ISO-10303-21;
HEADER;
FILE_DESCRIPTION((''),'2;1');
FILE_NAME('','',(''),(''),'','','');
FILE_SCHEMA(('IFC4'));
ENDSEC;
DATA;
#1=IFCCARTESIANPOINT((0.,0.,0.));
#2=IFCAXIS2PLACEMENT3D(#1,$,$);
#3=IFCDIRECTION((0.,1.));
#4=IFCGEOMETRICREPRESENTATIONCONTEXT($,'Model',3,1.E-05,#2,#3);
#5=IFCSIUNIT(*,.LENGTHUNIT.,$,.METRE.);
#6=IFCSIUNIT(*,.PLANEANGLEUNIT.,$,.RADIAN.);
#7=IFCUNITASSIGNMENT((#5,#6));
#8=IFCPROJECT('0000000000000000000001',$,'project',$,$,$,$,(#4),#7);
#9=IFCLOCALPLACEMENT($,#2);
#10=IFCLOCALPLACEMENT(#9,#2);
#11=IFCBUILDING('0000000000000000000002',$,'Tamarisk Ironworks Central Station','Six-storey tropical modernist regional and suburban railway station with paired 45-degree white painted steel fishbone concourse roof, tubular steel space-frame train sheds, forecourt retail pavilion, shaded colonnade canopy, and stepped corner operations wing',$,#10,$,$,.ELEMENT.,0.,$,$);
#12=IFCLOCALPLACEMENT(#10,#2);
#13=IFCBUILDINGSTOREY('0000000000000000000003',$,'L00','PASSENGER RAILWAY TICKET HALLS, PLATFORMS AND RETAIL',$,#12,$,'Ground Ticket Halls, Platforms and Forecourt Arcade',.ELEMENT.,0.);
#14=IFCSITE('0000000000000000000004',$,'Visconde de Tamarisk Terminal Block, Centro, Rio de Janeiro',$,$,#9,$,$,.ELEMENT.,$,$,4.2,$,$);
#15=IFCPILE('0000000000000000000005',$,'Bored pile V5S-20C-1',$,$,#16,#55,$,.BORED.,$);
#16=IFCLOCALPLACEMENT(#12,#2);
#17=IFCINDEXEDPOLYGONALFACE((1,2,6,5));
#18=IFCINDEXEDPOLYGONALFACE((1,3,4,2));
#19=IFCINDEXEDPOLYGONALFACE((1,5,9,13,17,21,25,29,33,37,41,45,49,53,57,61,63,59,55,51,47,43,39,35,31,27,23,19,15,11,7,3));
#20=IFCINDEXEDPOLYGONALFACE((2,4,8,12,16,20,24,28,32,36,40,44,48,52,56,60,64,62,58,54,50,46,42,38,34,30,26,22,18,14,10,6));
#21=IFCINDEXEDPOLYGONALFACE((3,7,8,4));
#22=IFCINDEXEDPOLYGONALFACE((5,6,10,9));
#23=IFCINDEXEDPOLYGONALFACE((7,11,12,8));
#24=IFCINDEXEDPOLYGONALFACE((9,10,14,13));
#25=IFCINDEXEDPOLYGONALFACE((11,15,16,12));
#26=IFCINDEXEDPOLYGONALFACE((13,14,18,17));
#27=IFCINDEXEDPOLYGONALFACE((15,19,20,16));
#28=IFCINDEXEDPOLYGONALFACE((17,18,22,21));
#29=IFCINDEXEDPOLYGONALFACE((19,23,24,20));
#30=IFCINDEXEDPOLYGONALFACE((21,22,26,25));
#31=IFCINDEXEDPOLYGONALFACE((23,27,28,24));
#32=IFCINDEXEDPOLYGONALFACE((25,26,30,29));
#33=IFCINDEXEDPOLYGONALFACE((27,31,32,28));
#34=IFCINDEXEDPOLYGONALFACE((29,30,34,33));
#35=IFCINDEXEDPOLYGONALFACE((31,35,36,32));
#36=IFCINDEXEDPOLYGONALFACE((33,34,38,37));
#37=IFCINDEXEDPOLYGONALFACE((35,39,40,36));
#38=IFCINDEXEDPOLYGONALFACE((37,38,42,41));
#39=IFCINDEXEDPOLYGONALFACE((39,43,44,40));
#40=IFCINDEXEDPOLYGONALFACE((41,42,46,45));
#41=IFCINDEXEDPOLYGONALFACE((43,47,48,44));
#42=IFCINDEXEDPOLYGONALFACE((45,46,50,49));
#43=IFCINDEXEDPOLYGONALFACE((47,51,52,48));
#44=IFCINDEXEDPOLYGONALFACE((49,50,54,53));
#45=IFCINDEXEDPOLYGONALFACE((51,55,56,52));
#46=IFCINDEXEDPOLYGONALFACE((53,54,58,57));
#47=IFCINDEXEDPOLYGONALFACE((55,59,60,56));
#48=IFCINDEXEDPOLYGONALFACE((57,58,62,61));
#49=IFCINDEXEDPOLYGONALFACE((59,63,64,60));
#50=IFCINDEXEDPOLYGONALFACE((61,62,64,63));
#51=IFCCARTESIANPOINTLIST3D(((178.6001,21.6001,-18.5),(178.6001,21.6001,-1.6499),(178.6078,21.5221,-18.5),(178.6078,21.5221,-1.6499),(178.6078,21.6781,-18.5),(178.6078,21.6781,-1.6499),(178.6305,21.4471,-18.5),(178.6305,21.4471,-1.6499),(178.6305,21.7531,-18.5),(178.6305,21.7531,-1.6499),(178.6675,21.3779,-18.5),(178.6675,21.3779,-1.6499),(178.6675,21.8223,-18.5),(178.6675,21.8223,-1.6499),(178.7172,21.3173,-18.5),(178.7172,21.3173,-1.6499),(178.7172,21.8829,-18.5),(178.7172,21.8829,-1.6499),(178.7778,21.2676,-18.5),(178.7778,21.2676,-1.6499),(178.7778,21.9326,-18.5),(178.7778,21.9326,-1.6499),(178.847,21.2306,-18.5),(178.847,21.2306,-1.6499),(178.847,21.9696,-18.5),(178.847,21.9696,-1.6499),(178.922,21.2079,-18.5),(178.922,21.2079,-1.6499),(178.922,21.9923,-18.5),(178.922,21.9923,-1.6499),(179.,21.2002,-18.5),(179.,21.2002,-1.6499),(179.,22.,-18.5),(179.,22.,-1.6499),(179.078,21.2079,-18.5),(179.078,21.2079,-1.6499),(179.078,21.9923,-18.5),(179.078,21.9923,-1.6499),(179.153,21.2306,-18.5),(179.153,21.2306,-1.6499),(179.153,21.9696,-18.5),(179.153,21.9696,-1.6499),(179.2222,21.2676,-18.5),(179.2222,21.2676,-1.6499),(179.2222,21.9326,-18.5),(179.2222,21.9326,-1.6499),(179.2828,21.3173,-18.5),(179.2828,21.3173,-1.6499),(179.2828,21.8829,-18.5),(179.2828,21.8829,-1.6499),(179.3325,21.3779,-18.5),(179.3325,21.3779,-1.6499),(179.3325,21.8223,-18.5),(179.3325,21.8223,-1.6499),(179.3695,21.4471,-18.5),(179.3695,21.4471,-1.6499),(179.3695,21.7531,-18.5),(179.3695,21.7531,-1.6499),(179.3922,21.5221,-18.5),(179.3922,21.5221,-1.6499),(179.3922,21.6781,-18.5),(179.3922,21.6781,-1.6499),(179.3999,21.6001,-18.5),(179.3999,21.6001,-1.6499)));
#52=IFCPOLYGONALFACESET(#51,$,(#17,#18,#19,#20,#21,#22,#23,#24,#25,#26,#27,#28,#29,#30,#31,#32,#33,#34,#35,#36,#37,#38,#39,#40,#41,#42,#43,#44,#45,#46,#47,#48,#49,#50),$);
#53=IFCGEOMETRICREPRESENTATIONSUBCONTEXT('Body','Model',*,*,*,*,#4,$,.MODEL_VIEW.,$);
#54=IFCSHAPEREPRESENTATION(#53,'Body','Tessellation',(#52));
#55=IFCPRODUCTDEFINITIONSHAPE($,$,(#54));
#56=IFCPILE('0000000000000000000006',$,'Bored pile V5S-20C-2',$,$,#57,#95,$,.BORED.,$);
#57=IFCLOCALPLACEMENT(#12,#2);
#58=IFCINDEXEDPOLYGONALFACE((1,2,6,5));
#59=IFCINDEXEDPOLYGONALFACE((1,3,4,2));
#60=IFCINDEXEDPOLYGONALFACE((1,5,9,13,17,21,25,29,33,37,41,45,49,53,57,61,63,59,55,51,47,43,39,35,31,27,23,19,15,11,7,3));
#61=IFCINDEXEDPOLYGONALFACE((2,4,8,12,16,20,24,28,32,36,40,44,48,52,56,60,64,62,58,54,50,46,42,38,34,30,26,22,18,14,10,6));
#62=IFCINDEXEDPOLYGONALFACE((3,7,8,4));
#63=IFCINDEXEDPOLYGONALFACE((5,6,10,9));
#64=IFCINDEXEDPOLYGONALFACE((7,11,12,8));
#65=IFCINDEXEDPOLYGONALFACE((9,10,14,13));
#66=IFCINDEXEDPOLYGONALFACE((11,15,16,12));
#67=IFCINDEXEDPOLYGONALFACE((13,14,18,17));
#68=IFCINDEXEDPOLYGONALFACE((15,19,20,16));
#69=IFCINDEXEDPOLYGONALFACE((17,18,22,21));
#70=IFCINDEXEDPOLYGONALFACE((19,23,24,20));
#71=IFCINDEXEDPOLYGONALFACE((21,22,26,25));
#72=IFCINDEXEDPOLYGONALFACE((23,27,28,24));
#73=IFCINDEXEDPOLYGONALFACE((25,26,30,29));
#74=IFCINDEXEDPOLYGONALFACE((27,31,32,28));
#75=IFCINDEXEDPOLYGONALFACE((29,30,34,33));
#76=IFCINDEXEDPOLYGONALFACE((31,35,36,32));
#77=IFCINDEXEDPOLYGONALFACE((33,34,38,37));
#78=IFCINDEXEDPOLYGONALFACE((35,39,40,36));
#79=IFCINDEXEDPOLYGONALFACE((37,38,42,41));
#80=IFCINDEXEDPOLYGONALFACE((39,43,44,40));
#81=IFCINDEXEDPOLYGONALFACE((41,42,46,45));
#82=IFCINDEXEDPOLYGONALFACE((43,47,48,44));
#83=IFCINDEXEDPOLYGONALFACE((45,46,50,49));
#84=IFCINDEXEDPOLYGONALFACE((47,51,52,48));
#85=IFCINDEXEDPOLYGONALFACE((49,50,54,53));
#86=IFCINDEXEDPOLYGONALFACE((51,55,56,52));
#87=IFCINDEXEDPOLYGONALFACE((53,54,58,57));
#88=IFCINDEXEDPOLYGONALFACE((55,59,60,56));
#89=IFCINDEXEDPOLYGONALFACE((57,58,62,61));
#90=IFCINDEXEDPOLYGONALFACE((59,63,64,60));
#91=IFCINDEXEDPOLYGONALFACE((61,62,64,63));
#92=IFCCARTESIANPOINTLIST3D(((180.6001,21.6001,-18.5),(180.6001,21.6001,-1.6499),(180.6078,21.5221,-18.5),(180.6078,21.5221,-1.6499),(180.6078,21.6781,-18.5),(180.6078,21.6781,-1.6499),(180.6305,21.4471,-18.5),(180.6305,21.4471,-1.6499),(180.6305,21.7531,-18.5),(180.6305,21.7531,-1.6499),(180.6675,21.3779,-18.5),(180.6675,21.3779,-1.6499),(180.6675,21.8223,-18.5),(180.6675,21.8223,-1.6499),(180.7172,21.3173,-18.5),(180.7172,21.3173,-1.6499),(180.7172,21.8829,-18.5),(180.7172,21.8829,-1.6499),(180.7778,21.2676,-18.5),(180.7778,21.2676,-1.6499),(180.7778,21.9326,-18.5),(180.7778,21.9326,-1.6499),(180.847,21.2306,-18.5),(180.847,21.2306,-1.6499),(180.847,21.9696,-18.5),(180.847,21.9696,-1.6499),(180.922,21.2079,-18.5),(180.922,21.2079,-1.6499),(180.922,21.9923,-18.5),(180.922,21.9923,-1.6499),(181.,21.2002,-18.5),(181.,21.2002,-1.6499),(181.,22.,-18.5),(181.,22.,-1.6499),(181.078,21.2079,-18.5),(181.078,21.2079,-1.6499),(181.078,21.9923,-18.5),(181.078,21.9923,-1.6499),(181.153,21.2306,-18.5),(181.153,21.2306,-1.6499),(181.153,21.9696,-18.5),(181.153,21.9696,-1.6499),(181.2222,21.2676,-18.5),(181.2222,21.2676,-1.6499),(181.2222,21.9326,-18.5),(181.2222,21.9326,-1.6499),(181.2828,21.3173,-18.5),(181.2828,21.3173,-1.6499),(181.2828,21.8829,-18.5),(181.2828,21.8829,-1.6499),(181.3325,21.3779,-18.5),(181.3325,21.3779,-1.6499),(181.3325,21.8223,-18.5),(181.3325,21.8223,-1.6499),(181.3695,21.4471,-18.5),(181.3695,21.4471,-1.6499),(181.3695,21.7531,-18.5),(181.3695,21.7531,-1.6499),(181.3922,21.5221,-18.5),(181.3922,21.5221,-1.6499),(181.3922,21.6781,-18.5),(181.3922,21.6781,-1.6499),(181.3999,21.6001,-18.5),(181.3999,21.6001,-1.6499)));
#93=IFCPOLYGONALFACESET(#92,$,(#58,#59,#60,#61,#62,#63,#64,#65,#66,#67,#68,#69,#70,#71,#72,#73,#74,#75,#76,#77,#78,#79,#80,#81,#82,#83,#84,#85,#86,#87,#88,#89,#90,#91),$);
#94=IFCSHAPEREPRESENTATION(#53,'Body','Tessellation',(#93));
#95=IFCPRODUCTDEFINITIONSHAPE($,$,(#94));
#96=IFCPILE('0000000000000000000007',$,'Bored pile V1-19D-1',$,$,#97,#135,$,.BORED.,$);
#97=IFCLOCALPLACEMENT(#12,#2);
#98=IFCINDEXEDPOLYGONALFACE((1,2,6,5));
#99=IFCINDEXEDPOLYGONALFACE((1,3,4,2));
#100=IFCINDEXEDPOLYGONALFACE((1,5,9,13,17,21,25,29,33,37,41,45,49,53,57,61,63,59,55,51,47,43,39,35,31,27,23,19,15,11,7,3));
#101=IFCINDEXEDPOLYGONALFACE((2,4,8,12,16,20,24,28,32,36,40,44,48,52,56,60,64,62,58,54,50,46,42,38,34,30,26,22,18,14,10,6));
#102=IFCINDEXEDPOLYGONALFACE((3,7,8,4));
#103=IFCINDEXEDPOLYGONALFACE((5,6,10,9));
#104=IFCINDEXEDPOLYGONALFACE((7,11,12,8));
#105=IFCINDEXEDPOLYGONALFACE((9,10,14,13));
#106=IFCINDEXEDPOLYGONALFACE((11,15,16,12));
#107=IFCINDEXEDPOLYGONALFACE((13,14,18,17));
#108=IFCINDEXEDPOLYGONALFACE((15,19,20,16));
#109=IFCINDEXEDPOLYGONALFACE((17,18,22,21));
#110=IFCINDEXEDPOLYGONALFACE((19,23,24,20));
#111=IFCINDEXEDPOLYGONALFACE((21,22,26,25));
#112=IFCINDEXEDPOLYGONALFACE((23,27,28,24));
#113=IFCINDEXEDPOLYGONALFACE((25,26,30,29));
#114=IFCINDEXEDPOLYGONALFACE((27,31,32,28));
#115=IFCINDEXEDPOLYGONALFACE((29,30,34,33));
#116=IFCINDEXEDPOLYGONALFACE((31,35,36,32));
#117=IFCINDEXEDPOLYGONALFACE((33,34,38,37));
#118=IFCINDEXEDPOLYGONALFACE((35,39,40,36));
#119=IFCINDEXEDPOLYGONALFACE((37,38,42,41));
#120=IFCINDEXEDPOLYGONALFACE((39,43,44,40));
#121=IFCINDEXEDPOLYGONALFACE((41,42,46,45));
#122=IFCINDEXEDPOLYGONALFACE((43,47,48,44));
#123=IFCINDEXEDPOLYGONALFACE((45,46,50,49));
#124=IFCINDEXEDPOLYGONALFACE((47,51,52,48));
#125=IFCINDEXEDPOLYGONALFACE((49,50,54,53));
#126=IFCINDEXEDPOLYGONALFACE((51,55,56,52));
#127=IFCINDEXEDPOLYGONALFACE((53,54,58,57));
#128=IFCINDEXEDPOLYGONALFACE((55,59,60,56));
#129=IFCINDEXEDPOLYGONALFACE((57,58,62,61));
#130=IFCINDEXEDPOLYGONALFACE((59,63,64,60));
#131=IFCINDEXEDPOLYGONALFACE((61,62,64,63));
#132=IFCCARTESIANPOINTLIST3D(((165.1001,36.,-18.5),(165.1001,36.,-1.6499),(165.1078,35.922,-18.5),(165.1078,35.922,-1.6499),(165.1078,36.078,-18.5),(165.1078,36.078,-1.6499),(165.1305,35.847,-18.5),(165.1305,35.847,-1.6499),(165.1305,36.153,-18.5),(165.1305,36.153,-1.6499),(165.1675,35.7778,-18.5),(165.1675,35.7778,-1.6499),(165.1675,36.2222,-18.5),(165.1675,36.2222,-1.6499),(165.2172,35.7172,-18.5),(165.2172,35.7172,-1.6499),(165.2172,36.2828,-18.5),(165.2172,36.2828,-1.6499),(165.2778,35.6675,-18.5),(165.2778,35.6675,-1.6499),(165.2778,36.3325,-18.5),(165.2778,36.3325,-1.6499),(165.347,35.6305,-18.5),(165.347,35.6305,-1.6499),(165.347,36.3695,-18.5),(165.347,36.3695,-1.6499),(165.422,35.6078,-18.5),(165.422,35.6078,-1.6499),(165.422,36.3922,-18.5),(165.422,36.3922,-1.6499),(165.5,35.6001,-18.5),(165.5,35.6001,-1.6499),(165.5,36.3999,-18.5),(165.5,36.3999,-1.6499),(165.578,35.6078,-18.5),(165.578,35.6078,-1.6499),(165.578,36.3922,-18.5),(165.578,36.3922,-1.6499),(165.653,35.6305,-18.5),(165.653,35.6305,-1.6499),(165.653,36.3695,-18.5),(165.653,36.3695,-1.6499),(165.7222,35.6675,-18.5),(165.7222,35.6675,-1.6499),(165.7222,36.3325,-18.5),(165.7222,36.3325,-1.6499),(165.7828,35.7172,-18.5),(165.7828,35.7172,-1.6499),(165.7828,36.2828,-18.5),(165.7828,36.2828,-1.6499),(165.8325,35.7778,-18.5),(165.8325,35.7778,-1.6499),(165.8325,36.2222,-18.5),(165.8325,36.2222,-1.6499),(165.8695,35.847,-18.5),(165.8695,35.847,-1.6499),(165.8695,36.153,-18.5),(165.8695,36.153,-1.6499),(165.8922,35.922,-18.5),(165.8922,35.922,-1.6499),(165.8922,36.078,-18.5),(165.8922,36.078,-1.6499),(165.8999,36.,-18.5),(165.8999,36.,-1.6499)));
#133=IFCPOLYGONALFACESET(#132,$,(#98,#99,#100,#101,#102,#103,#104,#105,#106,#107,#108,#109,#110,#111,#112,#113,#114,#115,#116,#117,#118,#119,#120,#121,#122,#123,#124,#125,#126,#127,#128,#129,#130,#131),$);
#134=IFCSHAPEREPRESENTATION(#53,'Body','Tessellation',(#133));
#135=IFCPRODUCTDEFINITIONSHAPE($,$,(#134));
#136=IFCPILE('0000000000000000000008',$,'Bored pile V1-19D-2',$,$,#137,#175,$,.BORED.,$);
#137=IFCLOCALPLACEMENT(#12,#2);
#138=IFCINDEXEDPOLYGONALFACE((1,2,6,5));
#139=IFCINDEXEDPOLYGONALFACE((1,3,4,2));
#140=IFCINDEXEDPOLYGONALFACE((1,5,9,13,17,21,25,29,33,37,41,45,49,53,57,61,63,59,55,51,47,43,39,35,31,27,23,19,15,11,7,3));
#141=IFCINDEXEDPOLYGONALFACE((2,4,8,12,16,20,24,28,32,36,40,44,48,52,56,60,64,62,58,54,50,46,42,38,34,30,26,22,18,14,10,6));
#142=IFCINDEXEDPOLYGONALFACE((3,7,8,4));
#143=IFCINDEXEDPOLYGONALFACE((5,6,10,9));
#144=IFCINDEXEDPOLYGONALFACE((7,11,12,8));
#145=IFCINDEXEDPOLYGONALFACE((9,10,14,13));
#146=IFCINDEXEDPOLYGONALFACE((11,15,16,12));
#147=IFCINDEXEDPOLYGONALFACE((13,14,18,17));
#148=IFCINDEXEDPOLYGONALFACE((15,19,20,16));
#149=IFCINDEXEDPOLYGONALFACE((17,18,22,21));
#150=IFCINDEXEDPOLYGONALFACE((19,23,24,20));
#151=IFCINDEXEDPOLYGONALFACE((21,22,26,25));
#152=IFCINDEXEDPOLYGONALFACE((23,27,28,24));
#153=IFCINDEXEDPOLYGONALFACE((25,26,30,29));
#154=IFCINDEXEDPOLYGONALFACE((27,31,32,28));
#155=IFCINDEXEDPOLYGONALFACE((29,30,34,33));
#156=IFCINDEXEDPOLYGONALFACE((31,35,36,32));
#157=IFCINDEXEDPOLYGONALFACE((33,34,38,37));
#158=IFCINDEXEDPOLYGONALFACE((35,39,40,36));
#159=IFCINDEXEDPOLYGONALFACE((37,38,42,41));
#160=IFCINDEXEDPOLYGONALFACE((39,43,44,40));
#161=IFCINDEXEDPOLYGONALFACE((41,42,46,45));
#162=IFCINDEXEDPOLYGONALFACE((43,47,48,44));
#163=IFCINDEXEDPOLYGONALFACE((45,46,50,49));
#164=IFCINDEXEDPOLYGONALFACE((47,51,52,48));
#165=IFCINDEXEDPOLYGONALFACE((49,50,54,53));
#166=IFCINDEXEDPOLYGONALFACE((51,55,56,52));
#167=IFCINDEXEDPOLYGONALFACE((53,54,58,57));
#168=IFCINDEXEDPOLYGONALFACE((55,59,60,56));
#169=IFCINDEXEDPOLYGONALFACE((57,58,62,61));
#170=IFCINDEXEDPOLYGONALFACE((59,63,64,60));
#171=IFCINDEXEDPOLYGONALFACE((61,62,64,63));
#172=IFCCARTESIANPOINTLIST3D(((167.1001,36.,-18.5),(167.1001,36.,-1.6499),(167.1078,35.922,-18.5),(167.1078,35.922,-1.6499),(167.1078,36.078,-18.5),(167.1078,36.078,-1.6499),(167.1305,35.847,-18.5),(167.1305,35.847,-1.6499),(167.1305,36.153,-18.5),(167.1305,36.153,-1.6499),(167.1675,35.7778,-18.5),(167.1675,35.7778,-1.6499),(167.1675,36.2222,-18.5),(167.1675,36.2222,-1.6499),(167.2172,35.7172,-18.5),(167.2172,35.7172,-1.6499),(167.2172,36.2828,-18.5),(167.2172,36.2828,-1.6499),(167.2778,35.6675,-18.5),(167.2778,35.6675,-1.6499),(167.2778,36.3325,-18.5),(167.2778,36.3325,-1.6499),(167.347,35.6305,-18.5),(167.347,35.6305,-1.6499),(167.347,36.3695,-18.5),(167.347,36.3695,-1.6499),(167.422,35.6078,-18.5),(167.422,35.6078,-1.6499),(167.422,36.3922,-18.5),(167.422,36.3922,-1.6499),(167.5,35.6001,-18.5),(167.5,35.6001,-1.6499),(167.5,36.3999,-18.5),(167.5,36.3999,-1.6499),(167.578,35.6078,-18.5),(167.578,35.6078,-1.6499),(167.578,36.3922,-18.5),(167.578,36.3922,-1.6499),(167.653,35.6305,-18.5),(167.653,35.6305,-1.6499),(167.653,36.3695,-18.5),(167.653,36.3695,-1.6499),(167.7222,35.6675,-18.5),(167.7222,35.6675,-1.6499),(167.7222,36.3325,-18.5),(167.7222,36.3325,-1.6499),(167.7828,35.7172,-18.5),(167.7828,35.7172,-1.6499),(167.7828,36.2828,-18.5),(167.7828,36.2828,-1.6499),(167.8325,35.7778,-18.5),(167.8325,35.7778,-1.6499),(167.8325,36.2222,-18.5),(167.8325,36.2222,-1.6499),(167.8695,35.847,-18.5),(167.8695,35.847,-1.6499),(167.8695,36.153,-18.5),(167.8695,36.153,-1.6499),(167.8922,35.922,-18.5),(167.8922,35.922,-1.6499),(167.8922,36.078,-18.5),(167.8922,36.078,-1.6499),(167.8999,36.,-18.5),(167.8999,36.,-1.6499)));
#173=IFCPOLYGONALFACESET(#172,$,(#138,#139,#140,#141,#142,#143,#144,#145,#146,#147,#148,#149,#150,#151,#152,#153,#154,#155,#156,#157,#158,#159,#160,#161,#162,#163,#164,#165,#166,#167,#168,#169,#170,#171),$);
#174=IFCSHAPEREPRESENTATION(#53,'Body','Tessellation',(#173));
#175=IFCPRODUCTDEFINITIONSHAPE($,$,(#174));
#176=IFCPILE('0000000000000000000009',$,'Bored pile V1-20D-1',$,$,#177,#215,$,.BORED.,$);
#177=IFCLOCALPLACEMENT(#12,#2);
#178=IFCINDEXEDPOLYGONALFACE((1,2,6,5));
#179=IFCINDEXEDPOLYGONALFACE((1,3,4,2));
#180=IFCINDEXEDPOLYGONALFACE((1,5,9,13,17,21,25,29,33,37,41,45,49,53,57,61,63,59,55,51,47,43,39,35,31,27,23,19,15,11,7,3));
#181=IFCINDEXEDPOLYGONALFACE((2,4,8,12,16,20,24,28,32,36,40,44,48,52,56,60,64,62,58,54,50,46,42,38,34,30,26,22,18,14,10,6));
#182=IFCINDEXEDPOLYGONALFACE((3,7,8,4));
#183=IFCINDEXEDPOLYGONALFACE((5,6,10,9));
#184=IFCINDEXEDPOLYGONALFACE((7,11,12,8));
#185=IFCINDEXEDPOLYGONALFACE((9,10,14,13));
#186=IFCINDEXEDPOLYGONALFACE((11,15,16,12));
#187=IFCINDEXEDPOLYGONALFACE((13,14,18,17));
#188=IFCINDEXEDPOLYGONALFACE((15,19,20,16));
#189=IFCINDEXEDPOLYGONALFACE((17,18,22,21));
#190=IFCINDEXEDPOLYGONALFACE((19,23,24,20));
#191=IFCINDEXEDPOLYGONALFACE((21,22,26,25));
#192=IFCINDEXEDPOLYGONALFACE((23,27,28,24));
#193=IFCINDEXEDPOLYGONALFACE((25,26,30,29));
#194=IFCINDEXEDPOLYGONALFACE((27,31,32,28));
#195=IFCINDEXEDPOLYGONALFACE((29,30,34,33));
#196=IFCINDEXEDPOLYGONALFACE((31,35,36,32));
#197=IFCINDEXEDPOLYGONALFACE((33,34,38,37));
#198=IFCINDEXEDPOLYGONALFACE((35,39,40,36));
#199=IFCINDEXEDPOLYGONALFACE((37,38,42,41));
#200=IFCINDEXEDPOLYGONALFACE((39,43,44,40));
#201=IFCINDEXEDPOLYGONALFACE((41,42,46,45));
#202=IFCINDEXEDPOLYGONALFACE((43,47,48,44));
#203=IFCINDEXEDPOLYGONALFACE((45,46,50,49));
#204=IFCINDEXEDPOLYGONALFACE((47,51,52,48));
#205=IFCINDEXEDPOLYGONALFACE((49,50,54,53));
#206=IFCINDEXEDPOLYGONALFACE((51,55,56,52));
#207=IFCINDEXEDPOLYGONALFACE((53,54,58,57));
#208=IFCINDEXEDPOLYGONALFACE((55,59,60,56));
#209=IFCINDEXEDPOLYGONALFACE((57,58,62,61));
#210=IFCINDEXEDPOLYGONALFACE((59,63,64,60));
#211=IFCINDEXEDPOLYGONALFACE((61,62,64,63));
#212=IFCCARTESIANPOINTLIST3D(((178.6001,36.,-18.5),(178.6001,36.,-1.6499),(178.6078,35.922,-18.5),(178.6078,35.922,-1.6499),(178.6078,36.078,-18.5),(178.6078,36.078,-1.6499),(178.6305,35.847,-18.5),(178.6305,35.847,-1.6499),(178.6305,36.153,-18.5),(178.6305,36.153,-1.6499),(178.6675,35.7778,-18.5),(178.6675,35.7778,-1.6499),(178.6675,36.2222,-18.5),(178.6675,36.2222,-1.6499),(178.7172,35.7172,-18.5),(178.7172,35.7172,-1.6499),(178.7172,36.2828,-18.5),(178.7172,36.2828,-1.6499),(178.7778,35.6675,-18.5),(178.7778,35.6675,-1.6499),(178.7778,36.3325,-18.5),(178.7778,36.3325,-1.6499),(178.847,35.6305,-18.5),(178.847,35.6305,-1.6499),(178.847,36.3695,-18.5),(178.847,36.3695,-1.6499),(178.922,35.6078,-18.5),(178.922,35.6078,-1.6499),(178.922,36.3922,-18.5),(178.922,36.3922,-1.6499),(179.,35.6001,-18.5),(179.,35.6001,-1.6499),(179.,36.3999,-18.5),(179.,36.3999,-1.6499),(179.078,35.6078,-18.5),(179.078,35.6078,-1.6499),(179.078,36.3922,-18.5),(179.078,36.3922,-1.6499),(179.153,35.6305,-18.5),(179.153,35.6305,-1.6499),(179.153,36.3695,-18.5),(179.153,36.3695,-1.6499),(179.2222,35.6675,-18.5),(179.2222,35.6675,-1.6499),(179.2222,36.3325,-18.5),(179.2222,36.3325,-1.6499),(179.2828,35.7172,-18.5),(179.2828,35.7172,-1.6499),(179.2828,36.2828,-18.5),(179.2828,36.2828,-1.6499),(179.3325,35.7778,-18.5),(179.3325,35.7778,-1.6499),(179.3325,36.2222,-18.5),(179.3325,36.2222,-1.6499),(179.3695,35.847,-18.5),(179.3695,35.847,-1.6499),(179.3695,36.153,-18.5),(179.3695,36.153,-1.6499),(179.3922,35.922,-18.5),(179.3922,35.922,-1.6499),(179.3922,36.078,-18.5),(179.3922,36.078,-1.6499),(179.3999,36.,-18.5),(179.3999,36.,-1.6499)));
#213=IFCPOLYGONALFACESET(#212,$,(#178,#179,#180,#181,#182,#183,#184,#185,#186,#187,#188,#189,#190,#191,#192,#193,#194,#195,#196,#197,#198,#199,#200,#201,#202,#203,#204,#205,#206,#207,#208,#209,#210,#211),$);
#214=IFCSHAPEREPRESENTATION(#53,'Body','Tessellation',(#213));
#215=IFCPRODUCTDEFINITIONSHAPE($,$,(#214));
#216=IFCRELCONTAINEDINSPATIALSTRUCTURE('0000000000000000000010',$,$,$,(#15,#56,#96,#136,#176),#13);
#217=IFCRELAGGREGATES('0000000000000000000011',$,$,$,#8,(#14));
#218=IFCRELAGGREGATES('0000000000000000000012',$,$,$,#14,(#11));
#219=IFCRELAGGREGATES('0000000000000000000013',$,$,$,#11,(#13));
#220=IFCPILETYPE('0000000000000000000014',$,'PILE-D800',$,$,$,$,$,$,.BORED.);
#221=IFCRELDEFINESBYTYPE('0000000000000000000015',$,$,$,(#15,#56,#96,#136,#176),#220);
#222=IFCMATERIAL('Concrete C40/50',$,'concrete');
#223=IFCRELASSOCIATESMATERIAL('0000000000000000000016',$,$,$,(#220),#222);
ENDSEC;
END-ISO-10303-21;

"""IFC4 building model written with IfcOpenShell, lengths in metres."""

from ifc_helpers import new_model, si_unit, direction, frame, origin, origin_2d, place, context, subcontext, project, spatial, circle, extrude, material, material_profile, profile_set, type_object, element, save


model = new_model("IFC4")

# Units and contexts
model_context = context("Model", 3, precision=1e-05, world=origin(), true_north=direction((0.0, 1.0)))
body_context = subcontext(model_context, "Body", "Model", "MODEL_VIEW")
ifc_project = project(units=[si_unit("LENGTHUNIT", "METRE"), si_unit("PLANEANGLEUNIT", "RADIAN")], contexts=[model_context])

# Site, building, storey
site_placement = place(None, origin())
site = spatial("IfcSite", under=ifc_project, at=site_placement, Name="Visconde de Tamarisk Terminal Block, Centro, Rio de Janeiro", CompositionType="ELEMENT", RefElevation=4.2)
building_placement = place(site_placement, origin())
building = spatial("IfcBuilding", under=site, at=building_placement, Name="Tamarisk Ironworks Central Station", Description="Six-storey tropical modernist regional and suburban railway station with paired 45-degree white painted steel fishbone concourse roof, tubular steel space-frame train sheds, forecourt retail pavilion, shaded colonnade canopy, and stepped corner operations wing", CompositionType="ELEMENT", ElevationOfRefHeight=0.0)
storey_placement = place(building_placement, origin())
storey = spatial("IfcBuildingStorey", under=building, at=storey_placement, Name="L00", Description="PASSENGER RAILWAY TICKET HALLS, PLATFORMS AND RETAIL", LongName="Ground Ticket Halls, Platforms and Forecourt Arcade", CompositionType="ELEMENT", Elevation=0.0)

# Shared definitions
ifc_material_1 = material(Name="Concrete C40/50", Category="concrete")

# Piles
ifc_material_profile_1 = material_profile(ifc_material_1, circle(Radius=0.3999, at=origin_2d()), Name="BORED PILE D800")
ifc_profile_set_1 = profile_set([ifc_material_profile_1], Name="Concrete C40/50")
pile_type = type_object("IfcPileType", Name="PILE-D800", PredefinedType="BORED", material=ifc_profile_set_1)
for number, where, z_axis, x_axis, name in (
    (1, (179.0, 21.6001, -1.6499), (0.0, 0.0, -1.0), (1.0, 0.0, 0.0), "Bored pile V5S-20C-1"),
    (2, (181.0, 21.6001, -1.6499), (0.0, 0.0, -1.0), (1.0, 0.0, 0.0), "Bored pile V5S-20C-2"),
    (3, (165.5, 36.0, -1.6499), (0.0, 0.0, -1.0), (1.0, 0.0, 0.0), "Bored pile V1-19D-1"),
    (4, (167.5, 36.0, -1.6499), (0.0, 0.0, -1.0), (1.0, 0.0, 0.0), "Bored pile V1-19D-2"),
    (5, (179.0, 36.0, -1.6499), (0.0, 0.0, -1.0), (1.0, 0.0, 0.0), "Bored pile V1-20D-1"),
):
    element("IfcPile", number, at=place(storey_placement, frame(where, z_axis=z_axis, x_axis=x_axis)), inside=storey, type_object=pile_type, Name=name, PredefinedType="BORED", context=body_context, shape_type="SweptSolid", body=[
        extrude(circle(Radius=0.3999, at=origin_2d()), origin(), (0.0, 0.0, 1.0), 16.8501),
    ])

save(model, "model.ifc")
